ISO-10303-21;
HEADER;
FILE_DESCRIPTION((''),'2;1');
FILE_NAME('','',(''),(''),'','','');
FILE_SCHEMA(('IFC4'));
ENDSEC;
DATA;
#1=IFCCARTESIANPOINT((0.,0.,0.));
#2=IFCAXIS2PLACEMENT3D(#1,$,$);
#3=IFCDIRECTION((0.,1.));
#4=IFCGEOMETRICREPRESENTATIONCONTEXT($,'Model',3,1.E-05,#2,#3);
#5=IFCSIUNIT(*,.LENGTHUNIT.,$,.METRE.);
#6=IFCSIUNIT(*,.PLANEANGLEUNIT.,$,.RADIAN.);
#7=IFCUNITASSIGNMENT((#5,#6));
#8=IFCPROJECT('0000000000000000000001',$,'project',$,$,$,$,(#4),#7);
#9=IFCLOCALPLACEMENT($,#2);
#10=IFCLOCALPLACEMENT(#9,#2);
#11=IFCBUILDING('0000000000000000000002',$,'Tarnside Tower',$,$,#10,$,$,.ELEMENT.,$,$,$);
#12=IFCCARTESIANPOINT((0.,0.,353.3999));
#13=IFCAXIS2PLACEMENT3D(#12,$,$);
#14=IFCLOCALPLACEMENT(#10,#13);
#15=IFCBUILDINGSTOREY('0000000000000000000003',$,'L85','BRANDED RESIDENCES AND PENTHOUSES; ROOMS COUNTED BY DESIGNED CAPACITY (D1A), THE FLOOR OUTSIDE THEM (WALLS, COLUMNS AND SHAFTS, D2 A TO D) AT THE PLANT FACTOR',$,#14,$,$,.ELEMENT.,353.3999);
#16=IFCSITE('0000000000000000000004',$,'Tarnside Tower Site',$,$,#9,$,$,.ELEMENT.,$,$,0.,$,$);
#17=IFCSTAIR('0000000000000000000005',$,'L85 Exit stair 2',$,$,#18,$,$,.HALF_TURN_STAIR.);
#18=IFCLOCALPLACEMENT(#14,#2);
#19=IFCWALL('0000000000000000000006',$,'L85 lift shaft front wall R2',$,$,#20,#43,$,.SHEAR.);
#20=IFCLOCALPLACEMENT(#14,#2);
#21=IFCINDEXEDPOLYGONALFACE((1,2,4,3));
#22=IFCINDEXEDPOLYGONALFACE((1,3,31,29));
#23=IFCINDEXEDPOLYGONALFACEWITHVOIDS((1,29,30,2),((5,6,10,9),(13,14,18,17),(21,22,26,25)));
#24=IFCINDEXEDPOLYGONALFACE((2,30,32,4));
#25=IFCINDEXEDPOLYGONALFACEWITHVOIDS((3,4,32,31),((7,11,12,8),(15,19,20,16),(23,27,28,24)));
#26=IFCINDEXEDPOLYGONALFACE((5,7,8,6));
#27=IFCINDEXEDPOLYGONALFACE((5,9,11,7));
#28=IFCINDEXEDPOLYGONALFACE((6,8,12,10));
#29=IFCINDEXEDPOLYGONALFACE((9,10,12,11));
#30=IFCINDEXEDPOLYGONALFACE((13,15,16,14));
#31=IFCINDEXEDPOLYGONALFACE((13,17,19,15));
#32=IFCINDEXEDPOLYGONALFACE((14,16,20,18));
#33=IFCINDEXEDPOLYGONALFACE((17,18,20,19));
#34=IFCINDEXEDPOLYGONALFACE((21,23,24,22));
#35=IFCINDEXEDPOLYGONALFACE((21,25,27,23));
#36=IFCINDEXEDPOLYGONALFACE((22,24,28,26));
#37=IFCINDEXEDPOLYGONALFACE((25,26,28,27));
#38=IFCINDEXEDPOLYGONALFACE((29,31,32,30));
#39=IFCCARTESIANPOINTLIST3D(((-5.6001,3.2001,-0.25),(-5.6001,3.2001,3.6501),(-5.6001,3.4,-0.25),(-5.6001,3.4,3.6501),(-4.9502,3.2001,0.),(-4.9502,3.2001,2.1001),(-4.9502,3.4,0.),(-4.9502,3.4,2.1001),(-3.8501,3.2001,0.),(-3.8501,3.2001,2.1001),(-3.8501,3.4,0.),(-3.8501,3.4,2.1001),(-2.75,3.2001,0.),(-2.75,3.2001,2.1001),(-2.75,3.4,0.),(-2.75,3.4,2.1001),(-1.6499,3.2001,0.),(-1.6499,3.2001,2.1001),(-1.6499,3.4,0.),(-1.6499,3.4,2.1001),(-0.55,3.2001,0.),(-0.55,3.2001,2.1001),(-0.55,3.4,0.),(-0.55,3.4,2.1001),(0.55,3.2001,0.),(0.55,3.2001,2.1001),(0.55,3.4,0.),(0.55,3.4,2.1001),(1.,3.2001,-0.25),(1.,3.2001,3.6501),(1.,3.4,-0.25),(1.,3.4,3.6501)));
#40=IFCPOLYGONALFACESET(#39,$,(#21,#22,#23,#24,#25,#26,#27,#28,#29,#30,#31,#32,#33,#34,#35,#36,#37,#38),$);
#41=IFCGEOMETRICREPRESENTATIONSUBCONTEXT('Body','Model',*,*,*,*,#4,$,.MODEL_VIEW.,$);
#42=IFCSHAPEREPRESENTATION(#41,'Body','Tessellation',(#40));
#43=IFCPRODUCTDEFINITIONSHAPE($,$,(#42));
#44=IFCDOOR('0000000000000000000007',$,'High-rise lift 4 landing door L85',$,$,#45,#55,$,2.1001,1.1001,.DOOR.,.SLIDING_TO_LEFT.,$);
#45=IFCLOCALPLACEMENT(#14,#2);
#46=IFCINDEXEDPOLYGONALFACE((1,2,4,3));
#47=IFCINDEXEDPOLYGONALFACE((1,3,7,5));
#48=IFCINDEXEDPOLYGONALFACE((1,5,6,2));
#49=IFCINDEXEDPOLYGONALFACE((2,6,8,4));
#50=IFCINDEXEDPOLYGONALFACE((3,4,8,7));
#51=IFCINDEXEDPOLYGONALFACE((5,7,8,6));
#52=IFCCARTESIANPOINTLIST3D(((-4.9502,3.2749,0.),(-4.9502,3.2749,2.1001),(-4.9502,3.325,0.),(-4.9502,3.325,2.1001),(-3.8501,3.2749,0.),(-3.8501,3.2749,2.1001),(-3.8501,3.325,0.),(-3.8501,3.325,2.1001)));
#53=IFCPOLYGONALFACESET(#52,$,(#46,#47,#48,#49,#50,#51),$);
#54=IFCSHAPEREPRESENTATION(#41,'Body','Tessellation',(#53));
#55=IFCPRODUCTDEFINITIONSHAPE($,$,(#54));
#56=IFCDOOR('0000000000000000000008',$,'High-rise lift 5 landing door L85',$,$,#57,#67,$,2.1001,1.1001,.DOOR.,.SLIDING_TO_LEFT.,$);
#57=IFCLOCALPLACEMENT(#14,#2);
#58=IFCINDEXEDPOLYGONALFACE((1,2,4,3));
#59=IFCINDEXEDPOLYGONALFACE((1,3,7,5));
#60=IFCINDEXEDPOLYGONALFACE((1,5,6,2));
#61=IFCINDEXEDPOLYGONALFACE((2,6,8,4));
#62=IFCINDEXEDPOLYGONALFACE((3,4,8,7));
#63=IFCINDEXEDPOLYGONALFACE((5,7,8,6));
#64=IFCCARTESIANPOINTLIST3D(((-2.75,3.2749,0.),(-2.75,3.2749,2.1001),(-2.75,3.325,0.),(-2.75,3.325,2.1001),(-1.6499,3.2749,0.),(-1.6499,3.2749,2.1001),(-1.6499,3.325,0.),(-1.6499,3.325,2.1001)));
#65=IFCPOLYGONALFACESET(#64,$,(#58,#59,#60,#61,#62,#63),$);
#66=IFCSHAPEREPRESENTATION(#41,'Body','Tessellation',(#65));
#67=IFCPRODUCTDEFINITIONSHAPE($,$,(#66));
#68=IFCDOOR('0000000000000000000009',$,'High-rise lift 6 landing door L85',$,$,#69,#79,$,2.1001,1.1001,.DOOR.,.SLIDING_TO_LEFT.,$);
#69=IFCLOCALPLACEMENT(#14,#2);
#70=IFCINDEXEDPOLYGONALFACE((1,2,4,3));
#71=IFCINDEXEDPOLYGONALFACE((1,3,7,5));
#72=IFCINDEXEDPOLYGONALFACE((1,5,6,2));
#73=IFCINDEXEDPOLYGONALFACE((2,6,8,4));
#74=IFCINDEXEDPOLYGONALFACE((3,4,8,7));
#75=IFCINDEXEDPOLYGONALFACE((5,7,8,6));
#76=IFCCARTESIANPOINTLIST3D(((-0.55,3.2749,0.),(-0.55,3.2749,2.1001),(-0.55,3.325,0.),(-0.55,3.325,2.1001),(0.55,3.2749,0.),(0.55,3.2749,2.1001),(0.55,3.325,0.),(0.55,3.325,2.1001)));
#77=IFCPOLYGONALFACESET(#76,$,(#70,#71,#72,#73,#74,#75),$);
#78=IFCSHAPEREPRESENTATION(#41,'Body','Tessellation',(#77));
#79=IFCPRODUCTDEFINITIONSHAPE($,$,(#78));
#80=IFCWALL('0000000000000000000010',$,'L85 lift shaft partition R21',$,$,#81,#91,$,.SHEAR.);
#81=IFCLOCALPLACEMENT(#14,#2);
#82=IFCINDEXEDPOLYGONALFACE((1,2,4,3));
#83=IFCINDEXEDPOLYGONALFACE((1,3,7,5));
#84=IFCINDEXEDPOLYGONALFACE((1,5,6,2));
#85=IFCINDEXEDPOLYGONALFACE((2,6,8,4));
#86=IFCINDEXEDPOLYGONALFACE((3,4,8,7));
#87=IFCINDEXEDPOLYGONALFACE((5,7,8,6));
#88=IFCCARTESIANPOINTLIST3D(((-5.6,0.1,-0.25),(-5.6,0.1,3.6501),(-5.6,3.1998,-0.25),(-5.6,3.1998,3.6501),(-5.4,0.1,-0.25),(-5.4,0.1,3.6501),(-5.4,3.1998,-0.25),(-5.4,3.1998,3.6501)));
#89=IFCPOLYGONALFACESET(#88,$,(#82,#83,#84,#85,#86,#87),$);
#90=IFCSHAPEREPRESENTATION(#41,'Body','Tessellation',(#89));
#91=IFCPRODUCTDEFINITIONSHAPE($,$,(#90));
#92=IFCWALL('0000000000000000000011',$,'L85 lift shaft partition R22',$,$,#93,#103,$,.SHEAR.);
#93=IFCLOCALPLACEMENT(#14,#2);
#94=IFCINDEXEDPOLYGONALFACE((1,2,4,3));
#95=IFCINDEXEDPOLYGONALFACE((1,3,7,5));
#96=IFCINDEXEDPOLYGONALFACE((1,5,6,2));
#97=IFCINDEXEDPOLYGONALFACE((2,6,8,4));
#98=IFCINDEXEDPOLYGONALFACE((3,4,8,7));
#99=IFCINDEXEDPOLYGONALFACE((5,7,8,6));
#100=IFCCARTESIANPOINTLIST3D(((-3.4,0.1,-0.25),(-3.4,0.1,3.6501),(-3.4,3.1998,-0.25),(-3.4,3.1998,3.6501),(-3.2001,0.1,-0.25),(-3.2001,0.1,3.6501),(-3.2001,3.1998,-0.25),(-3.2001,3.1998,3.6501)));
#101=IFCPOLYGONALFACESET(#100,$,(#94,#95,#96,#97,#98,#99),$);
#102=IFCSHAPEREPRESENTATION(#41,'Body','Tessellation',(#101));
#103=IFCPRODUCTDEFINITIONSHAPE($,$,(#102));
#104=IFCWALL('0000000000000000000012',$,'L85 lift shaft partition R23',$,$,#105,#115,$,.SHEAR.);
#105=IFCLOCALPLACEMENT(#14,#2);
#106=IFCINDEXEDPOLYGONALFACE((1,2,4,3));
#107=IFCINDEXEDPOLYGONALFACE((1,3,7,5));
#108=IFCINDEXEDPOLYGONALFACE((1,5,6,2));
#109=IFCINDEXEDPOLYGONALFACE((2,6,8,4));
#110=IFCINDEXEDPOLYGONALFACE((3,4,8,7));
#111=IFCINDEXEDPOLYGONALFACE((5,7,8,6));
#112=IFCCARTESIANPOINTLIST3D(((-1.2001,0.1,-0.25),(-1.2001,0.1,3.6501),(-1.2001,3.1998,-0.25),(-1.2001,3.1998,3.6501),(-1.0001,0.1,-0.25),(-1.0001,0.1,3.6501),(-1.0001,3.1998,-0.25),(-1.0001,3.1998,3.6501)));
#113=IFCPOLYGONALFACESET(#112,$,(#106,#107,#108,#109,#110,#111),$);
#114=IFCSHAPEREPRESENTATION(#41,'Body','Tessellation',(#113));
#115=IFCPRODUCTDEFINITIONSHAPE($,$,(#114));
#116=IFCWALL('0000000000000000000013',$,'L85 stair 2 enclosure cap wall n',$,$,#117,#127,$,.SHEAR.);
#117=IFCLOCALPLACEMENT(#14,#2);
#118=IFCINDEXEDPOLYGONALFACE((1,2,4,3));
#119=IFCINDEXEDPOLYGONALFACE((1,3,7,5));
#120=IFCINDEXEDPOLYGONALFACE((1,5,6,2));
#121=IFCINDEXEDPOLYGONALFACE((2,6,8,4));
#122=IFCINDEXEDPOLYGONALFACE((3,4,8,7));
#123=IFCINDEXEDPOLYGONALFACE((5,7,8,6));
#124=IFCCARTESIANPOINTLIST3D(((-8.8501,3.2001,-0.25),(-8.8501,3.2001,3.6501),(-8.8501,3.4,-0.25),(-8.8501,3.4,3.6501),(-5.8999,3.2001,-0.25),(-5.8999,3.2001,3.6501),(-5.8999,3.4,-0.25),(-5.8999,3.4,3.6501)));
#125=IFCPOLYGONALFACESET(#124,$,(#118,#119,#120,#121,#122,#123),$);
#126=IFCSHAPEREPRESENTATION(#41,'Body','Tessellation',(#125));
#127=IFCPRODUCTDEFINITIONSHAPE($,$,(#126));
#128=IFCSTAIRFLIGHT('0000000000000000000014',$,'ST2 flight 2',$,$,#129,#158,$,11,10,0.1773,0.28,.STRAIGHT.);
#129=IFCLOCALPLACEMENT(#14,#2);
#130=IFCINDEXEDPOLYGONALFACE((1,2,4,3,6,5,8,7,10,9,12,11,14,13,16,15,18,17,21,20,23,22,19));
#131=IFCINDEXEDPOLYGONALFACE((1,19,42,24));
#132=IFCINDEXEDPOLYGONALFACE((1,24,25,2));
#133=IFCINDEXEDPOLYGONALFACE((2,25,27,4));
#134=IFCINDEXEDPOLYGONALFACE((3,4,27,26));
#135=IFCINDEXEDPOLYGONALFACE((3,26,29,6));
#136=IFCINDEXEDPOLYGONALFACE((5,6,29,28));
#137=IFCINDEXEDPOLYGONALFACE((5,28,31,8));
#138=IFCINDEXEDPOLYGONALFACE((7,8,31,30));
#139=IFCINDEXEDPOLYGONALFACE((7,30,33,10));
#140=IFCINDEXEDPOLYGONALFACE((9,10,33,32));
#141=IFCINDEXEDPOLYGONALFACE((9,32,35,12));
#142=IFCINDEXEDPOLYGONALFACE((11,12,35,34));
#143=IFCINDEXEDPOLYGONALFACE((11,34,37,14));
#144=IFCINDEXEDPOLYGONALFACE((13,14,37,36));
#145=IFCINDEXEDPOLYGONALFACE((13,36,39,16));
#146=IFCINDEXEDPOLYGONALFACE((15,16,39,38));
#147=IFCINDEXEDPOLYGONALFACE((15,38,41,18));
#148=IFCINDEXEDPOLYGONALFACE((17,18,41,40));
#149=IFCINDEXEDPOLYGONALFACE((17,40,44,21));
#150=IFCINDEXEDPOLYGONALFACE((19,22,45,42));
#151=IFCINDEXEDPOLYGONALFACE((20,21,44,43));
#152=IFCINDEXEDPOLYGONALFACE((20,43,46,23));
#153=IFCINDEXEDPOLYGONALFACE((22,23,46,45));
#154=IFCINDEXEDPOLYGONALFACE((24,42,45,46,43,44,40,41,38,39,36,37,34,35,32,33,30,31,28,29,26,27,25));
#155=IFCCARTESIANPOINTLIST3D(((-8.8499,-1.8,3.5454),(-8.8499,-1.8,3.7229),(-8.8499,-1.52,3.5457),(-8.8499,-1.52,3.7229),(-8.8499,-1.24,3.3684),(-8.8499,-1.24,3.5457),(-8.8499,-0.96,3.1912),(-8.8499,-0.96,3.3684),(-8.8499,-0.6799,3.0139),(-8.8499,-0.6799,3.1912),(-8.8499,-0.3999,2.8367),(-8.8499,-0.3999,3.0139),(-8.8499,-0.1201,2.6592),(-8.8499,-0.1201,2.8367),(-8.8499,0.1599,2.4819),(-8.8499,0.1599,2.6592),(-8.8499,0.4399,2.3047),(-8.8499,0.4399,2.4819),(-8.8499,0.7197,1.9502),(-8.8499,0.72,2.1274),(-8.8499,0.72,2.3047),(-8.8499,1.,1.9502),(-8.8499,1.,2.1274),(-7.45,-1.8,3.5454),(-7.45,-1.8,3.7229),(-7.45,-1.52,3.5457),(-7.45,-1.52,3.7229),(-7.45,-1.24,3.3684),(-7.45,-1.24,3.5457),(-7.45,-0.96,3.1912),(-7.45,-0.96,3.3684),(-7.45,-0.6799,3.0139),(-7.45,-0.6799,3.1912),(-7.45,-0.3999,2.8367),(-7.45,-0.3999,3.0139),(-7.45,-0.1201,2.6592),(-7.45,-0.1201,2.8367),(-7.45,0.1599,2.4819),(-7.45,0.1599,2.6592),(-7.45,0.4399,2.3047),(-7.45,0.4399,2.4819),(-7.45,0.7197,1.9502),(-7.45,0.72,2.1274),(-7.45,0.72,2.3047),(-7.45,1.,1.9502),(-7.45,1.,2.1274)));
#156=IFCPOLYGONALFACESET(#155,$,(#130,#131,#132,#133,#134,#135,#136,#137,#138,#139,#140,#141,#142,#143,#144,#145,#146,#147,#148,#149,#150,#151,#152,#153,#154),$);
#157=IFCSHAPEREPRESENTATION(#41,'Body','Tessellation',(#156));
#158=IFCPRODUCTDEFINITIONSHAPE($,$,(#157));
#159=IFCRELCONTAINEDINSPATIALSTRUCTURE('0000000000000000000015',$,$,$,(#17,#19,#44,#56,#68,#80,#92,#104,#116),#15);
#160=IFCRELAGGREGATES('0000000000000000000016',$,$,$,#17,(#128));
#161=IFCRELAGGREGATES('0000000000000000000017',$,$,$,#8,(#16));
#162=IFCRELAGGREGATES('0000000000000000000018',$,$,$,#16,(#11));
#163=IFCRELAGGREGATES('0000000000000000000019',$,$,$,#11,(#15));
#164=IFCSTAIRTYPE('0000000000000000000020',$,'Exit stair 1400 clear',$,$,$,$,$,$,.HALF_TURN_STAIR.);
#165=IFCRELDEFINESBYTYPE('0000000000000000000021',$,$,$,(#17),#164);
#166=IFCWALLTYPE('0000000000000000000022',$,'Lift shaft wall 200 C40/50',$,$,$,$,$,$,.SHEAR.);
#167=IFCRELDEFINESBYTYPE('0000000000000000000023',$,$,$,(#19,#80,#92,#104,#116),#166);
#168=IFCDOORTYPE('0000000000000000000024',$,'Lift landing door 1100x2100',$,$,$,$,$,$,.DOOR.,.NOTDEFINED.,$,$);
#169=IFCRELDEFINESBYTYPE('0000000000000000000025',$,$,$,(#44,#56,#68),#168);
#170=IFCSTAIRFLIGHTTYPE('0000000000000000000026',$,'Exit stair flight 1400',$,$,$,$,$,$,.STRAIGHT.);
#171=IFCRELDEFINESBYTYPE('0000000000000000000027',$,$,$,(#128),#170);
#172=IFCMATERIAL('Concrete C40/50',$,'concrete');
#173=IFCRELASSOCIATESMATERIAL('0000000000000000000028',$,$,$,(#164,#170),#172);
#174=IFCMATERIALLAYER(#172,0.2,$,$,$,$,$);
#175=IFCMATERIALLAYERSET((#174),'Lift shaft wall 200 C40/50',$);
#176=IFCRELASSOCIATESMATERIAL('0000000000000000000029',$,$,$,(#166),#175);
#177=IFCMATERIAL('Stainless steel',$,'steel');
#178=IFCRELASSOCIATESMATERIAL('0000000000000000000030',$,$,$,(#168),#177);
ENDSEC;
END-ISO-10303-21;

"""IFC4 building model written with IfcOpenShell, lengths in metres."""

from ifc_helpers import new_model, si_unit, direction, frame, frame_2d, origin, place, context, subcontext, project, spatial, polyline, rectangle, outline, extrude, material, layer, layer_set, type_object, element, fill, aggregate, save


model = new_model("IFC4")

# Units and contexts
model_context = context("Model", 3, precision=1e-05, world=origin(), true_north=direction((0.0, 1.0)))
body_context = subcontext(model_context, "Body", "Model", "MODEL_VIEW")
ifc_project = project(units=[si_unit("LENGTHUNIT", "METRE"), si_unit("PLANEANGLEUNIT", "RADIAN")], contexts=[model_context])

# Site, building, storey
site_placement = place(None, origin())
site = spatial("IfcSite", under=ifc_project, at=site_placement, Name="Tarnside Tower Site", CompositionType="ELEMENT", RefElevation=0.0)
building_placement = place(site_placement, origin())
building = spatial("IfcBuilding", under=site, at=building_placement, Name="Tarnside Tower", CompositionType="ELEMENT")
storey_placement = place(building_placement, frame((0.0, 0.0, 353.3999)))
storey = spatial("IfcBuildingStorey", under=building, at=storey_placement, Name="L85", Description="BRANDED RESIDENCES AND PENTHOUSES; ROOMS COUNTED BY DESIGNED CAPACITY (D1A), THE FLOOR OUTSIDE THEM (WALLS, COLUMNS AND SHAFTS, D2 A TO D) AT THE PLANT FACTOR", CompositionType="ELEMENT", Elevation=353.3999)

# Shared definitions
ifc_material_1 = material(Name="Concrete C40/50", Category="concrete")

# Stair
stair_type = type_object("IfcStairType", Name="Exit stair 1400 clear", PredefinedType="HALF_TURN_STAIR", material=ifc_material_1)
stair_1_placement = place(storey_placement, origin())
stair_1 = element("IfcStair", 1, at=stair_1_placement, inside=storey, type_object=stair_type, Name="L85 Exit stair 2", PredefinedType="HALF_TURN_STAIR")

# Wall, openings, doors
ifc_layer_1 = layer(ifc_material_1, 0.2)
ifc_layer_set_1 = layer_set([ifc_layer_1], Name="Lift shaft wall 200 C40/50")
wall_type_1 = type_object("IfcWallType", Name="Lift shaft wall 200 C40/50", PredefinedType="SHEAR", material=ifc_layer_set_1)
wall_1_placement = place(storey_placement, frame((-5.6001, 3.3, -0.25), z_axis=(0.0, 0.0, 1.0), x_axis=(1.0, 0.0, 0.0)))
wall_1 = element("IfcWall", 2, at=wall_1_placement, inside=storey, type_object=wall_type_1, Name="L85 lift shaft front wall R2", PredefinedType="SHEAR", context=body_context, shape_type="SweptSolid", body=[
    extrude(rectangle(XDim=6.6001, YDim=0.2, at=frame_2d((3.3, 0.0))), origin(), (0.0, 0.0, 1.0), 3.9001),
])
opening_1_placement = place(wall_1_placement, frame((0.6499, 0.0, 0.25)))
opening_1 = element("IfcOpeningElement", 3, at=opening_1_placement, cuts=wall_1, PredefinedType="OPENING", context=body_context, shape_type="SweptSolid", body=[
    extrude(rectangle(XDim=1.1001, YDim=2.1001, at=frame_2d((0.55, 1.05))), frame((0.0, 0.1099, 0.0), z_axis=(0.0, -1.0, 0.0), x_axis=(1.0, 0.0, 0.0)), (0.0, 0.0, 1.0), 0.22),
])
opening_2_placement = place(wall_1_placement, frame((2.8501, 0.0, 0.25)))
opening_2 = element("IfcOpeningElement", 4, at=opening_2_placement, cuts=wall_1, PredefinedType="OPENING", context=body_context, shape_type="SweptSolid", body=[
    extrude(rectangle(XDim=1.1001, YDim=2.1001, at=frame_2d((0.55, 1.05))), frame((0.0, 0.1099, 0.0), z_axis=(0.0, -1.0, 0.0), x_axis=(1.0, 0.0, 0.0)), (0.0, 0.0, 1.0), 0.22),
])
opening_3_placement = place(wall_1_placement, frame((5.05, 0.0, 0.25)))
opening_3 = element("IfcOpeningElement", 5, at=opening_3_placement, cuts=wall_1, PredefinedType="OPENING", context=body_context, shape_type="SweptSolid", body=[
    extrude(rectangle(XDim=1.1001, YDim=2.1001, at=frame_2d((0.55, 1.05))), frame((0.0, 0.1099, 0.0), z_axis=(0.0, -1.0, 0.0), x_axis=(1.0, 0.0, 0.0)), (0.0, 0.0, 1.0), 0.22),
])
ifc_material_2 = material(Name="Stainless steel", Category="steel")
door_type = type_object("IfcDoorType", Name="Lift landing door 1100x2100", OperationType="NOTDEFINED", PredefinedType="DOOR", material=ifc_material_2)
door_1_placement = place(opening_1_placement, origin())
door_1 = element("IfcDoor", 6, at=door_1_placement, inside=storey, type_object=door_type, Name="High-rise lift 4 landing door L85", OperationType="SLIDING_TO_LEFT", OverallHeight=2.1001, OverallWidth=1.1001, PredefinedType="DOOR", context=body_context, shape_type="SweptSolid", body=[
    extrude(rectangle(XDim=1.1001, YDim=2.1001, at=frame_2d((0.55, 1.05))), frame((0.0, 0.0249, 0.0), z_axis=(0.0, -1.0, 0.0), x_axis=(1.0, 0.0, 0.0)), (0.0, 0.0, 1.0), 0.05),
])
fill(opening_1, door_1)
door_2_placement = place(opening_2_placement, origin())
door_2 = element("IfcDoor", 7, at=door_2_placement, inside=storey, type_object=door_type, Name="High-rise lift 5 landing door L85", OperationType="SLIDING_TO_LEFT", OverallHeight=2.1001, OverallWidth=1.1001, PredefinedType="DOOR", context=body_context, shape_type="SweptSolid", body=[
    extrude(rectangle(XDim=1.1001, YDim=2.1001, at=frame_2d((0.55, 1.05))), frame((0.0, 0.0249, 0.0), z_axis=(0.0, -1.0, 0.0), x_axis=(1.0, 0.0, 0.0)), (0.0, 0.0, 1.0), 0.05),
])
fill(opening_2, door_2)
door_3_placement = place(opening_3_placement, origin())
door_3 = element("IfcDoor", 8, at=door_3_placement, inside=storey, type_object=door_type, Name="High-rise lift 6 landing door L85", OperationType="SLIDING_TO_LEFT", OverallHeight=2.1001, OverallWidth=1.1001, PredefinedType="DOOR", context=body_context, shape_type="SweptSolid", body=[
    extrude(rectangle(XDim=1.1001, YDim=2.1001, at=frame_2d((0.55, 1.05))), frame((0.0, 0.0249, 0.0), z_axis=(0.0, -1.0, 0.0), x_axis=(1.0, 0.0, 0.0)), (0.0, 0.0, 1.0), 0.05),
])
fill(opening_3, door_3)

# Walls
for number, where, z_axis, x_axis, name in (
    (9, (-5.5, 0.1001, -0.25), (0.0, 0.0, 1.0), (0.0, 1.0, 0.0), "L85 lift shaft partition R21"),
    (10, (-3.3, 0.1001, -0.25), (0.0, 0.0, 1.0), (0.0, 1.0, 0.0), "L85 lift shaft partition R22"),
    (11, (-1.1001, 0.1001, -0.25), (0.0, 0.0, 1.0), (0.0, 1.0, 0.0), "L85 lift shaft partition R23"),
):
    element("IfcWall", number, at=place(storey_placement, frame(where, z_axis=z_axis, x_axis=x_axis)), inside=storey, type_object=wall_type_1, Name=name, PredefinedType="SHEAR", context=body_context, shape_type="SweptSolid", body=[
        extrude(rectangle(XDim=3.0999, YDim=0.2, at=frame_2d((1.5498, 0.0))), origin(), (0.0, 0.0, 1.0), 3.9001),
    ])
wall_2_placement = place(storey_placement, frame((-8.8501, 3.3, -0.25), z_axis=(0.0, 0.0, 1.0), x_axis=(1.0, 0.0, 0.0)))
element("IfcWall", 12, at=wall_2_placement, inside=storey, type_object=wall_type_1, Name="L85 stair 2 enclosure cap wall n", PredefinedType="SHEAR", context=body_context, shape_type="SweptSolid", body=[
    extrude(rectangle(XDim=2.9502, YDim=0.2, at=frame_2d((1.4751, 0.0))), origin(), (0.0, 0.0, 1.0), 3.9001),
])

# Stair flight
stair_flight_type = type_object("IfcStairFlightType", Name="Exit stair flight 1400", PredefinedType="STRAIGHT", material=ifc_material_1)
stair_flight_placement = place(storey_placement, frame((-8.1499, 1.0, 1.9502), z_axis=(0.0, 0.0, 1.0), x_axis=(0.0, -1.0, 0.0)))
stair_flight = element("IfcStairFlight", 13, at=stair_flight_placement, type_object=stair_flight_type, Name="ST2 flight 2", NumberOfRisers=11, NumberOfTreads=10, PredefinedType="STRAIGHT", RiserHeight=0.1773, TreadLength=0.28, context=body_context, shape_type="SweptSolid", body=[
    extrude(outline(polyline([(0.0, 0.0), (0.0, 0.1772), (0.28, 0.1772), (0.28, 0.3545), (0.5601, 0.3545), (0.5601, 0.5317), (0.8401, 0.5317), (0.8401, 0.709), (1.1201, 0.709), (1.1201, 0.8865), (1.3999, 0.8865), (1.3999, 1.0637), (1.6799, 1.0637), (1.6799, 1.241), (1.96, 1.241), (1.96, 1.4182), (2.24, 1.4182), (2.24, 1.5955), (2.52, 1.5955), (2.52, 1.7727), (2.8, 1.7727), (2.8, 1.95), (2.8, 1.5952), (0.2803, 0.0), (0.0, 0.0)])), frame((0.0, 0.7, 0.0), z_axis=(0.0, -1.0, 0.0), x_axis=(1.0, 0.0, 0.0)), (0.0, 0.0, 1.0), 1.3999),
])
aggregate(stair_1, [stair_flight])

save(model, "model.ifc")
